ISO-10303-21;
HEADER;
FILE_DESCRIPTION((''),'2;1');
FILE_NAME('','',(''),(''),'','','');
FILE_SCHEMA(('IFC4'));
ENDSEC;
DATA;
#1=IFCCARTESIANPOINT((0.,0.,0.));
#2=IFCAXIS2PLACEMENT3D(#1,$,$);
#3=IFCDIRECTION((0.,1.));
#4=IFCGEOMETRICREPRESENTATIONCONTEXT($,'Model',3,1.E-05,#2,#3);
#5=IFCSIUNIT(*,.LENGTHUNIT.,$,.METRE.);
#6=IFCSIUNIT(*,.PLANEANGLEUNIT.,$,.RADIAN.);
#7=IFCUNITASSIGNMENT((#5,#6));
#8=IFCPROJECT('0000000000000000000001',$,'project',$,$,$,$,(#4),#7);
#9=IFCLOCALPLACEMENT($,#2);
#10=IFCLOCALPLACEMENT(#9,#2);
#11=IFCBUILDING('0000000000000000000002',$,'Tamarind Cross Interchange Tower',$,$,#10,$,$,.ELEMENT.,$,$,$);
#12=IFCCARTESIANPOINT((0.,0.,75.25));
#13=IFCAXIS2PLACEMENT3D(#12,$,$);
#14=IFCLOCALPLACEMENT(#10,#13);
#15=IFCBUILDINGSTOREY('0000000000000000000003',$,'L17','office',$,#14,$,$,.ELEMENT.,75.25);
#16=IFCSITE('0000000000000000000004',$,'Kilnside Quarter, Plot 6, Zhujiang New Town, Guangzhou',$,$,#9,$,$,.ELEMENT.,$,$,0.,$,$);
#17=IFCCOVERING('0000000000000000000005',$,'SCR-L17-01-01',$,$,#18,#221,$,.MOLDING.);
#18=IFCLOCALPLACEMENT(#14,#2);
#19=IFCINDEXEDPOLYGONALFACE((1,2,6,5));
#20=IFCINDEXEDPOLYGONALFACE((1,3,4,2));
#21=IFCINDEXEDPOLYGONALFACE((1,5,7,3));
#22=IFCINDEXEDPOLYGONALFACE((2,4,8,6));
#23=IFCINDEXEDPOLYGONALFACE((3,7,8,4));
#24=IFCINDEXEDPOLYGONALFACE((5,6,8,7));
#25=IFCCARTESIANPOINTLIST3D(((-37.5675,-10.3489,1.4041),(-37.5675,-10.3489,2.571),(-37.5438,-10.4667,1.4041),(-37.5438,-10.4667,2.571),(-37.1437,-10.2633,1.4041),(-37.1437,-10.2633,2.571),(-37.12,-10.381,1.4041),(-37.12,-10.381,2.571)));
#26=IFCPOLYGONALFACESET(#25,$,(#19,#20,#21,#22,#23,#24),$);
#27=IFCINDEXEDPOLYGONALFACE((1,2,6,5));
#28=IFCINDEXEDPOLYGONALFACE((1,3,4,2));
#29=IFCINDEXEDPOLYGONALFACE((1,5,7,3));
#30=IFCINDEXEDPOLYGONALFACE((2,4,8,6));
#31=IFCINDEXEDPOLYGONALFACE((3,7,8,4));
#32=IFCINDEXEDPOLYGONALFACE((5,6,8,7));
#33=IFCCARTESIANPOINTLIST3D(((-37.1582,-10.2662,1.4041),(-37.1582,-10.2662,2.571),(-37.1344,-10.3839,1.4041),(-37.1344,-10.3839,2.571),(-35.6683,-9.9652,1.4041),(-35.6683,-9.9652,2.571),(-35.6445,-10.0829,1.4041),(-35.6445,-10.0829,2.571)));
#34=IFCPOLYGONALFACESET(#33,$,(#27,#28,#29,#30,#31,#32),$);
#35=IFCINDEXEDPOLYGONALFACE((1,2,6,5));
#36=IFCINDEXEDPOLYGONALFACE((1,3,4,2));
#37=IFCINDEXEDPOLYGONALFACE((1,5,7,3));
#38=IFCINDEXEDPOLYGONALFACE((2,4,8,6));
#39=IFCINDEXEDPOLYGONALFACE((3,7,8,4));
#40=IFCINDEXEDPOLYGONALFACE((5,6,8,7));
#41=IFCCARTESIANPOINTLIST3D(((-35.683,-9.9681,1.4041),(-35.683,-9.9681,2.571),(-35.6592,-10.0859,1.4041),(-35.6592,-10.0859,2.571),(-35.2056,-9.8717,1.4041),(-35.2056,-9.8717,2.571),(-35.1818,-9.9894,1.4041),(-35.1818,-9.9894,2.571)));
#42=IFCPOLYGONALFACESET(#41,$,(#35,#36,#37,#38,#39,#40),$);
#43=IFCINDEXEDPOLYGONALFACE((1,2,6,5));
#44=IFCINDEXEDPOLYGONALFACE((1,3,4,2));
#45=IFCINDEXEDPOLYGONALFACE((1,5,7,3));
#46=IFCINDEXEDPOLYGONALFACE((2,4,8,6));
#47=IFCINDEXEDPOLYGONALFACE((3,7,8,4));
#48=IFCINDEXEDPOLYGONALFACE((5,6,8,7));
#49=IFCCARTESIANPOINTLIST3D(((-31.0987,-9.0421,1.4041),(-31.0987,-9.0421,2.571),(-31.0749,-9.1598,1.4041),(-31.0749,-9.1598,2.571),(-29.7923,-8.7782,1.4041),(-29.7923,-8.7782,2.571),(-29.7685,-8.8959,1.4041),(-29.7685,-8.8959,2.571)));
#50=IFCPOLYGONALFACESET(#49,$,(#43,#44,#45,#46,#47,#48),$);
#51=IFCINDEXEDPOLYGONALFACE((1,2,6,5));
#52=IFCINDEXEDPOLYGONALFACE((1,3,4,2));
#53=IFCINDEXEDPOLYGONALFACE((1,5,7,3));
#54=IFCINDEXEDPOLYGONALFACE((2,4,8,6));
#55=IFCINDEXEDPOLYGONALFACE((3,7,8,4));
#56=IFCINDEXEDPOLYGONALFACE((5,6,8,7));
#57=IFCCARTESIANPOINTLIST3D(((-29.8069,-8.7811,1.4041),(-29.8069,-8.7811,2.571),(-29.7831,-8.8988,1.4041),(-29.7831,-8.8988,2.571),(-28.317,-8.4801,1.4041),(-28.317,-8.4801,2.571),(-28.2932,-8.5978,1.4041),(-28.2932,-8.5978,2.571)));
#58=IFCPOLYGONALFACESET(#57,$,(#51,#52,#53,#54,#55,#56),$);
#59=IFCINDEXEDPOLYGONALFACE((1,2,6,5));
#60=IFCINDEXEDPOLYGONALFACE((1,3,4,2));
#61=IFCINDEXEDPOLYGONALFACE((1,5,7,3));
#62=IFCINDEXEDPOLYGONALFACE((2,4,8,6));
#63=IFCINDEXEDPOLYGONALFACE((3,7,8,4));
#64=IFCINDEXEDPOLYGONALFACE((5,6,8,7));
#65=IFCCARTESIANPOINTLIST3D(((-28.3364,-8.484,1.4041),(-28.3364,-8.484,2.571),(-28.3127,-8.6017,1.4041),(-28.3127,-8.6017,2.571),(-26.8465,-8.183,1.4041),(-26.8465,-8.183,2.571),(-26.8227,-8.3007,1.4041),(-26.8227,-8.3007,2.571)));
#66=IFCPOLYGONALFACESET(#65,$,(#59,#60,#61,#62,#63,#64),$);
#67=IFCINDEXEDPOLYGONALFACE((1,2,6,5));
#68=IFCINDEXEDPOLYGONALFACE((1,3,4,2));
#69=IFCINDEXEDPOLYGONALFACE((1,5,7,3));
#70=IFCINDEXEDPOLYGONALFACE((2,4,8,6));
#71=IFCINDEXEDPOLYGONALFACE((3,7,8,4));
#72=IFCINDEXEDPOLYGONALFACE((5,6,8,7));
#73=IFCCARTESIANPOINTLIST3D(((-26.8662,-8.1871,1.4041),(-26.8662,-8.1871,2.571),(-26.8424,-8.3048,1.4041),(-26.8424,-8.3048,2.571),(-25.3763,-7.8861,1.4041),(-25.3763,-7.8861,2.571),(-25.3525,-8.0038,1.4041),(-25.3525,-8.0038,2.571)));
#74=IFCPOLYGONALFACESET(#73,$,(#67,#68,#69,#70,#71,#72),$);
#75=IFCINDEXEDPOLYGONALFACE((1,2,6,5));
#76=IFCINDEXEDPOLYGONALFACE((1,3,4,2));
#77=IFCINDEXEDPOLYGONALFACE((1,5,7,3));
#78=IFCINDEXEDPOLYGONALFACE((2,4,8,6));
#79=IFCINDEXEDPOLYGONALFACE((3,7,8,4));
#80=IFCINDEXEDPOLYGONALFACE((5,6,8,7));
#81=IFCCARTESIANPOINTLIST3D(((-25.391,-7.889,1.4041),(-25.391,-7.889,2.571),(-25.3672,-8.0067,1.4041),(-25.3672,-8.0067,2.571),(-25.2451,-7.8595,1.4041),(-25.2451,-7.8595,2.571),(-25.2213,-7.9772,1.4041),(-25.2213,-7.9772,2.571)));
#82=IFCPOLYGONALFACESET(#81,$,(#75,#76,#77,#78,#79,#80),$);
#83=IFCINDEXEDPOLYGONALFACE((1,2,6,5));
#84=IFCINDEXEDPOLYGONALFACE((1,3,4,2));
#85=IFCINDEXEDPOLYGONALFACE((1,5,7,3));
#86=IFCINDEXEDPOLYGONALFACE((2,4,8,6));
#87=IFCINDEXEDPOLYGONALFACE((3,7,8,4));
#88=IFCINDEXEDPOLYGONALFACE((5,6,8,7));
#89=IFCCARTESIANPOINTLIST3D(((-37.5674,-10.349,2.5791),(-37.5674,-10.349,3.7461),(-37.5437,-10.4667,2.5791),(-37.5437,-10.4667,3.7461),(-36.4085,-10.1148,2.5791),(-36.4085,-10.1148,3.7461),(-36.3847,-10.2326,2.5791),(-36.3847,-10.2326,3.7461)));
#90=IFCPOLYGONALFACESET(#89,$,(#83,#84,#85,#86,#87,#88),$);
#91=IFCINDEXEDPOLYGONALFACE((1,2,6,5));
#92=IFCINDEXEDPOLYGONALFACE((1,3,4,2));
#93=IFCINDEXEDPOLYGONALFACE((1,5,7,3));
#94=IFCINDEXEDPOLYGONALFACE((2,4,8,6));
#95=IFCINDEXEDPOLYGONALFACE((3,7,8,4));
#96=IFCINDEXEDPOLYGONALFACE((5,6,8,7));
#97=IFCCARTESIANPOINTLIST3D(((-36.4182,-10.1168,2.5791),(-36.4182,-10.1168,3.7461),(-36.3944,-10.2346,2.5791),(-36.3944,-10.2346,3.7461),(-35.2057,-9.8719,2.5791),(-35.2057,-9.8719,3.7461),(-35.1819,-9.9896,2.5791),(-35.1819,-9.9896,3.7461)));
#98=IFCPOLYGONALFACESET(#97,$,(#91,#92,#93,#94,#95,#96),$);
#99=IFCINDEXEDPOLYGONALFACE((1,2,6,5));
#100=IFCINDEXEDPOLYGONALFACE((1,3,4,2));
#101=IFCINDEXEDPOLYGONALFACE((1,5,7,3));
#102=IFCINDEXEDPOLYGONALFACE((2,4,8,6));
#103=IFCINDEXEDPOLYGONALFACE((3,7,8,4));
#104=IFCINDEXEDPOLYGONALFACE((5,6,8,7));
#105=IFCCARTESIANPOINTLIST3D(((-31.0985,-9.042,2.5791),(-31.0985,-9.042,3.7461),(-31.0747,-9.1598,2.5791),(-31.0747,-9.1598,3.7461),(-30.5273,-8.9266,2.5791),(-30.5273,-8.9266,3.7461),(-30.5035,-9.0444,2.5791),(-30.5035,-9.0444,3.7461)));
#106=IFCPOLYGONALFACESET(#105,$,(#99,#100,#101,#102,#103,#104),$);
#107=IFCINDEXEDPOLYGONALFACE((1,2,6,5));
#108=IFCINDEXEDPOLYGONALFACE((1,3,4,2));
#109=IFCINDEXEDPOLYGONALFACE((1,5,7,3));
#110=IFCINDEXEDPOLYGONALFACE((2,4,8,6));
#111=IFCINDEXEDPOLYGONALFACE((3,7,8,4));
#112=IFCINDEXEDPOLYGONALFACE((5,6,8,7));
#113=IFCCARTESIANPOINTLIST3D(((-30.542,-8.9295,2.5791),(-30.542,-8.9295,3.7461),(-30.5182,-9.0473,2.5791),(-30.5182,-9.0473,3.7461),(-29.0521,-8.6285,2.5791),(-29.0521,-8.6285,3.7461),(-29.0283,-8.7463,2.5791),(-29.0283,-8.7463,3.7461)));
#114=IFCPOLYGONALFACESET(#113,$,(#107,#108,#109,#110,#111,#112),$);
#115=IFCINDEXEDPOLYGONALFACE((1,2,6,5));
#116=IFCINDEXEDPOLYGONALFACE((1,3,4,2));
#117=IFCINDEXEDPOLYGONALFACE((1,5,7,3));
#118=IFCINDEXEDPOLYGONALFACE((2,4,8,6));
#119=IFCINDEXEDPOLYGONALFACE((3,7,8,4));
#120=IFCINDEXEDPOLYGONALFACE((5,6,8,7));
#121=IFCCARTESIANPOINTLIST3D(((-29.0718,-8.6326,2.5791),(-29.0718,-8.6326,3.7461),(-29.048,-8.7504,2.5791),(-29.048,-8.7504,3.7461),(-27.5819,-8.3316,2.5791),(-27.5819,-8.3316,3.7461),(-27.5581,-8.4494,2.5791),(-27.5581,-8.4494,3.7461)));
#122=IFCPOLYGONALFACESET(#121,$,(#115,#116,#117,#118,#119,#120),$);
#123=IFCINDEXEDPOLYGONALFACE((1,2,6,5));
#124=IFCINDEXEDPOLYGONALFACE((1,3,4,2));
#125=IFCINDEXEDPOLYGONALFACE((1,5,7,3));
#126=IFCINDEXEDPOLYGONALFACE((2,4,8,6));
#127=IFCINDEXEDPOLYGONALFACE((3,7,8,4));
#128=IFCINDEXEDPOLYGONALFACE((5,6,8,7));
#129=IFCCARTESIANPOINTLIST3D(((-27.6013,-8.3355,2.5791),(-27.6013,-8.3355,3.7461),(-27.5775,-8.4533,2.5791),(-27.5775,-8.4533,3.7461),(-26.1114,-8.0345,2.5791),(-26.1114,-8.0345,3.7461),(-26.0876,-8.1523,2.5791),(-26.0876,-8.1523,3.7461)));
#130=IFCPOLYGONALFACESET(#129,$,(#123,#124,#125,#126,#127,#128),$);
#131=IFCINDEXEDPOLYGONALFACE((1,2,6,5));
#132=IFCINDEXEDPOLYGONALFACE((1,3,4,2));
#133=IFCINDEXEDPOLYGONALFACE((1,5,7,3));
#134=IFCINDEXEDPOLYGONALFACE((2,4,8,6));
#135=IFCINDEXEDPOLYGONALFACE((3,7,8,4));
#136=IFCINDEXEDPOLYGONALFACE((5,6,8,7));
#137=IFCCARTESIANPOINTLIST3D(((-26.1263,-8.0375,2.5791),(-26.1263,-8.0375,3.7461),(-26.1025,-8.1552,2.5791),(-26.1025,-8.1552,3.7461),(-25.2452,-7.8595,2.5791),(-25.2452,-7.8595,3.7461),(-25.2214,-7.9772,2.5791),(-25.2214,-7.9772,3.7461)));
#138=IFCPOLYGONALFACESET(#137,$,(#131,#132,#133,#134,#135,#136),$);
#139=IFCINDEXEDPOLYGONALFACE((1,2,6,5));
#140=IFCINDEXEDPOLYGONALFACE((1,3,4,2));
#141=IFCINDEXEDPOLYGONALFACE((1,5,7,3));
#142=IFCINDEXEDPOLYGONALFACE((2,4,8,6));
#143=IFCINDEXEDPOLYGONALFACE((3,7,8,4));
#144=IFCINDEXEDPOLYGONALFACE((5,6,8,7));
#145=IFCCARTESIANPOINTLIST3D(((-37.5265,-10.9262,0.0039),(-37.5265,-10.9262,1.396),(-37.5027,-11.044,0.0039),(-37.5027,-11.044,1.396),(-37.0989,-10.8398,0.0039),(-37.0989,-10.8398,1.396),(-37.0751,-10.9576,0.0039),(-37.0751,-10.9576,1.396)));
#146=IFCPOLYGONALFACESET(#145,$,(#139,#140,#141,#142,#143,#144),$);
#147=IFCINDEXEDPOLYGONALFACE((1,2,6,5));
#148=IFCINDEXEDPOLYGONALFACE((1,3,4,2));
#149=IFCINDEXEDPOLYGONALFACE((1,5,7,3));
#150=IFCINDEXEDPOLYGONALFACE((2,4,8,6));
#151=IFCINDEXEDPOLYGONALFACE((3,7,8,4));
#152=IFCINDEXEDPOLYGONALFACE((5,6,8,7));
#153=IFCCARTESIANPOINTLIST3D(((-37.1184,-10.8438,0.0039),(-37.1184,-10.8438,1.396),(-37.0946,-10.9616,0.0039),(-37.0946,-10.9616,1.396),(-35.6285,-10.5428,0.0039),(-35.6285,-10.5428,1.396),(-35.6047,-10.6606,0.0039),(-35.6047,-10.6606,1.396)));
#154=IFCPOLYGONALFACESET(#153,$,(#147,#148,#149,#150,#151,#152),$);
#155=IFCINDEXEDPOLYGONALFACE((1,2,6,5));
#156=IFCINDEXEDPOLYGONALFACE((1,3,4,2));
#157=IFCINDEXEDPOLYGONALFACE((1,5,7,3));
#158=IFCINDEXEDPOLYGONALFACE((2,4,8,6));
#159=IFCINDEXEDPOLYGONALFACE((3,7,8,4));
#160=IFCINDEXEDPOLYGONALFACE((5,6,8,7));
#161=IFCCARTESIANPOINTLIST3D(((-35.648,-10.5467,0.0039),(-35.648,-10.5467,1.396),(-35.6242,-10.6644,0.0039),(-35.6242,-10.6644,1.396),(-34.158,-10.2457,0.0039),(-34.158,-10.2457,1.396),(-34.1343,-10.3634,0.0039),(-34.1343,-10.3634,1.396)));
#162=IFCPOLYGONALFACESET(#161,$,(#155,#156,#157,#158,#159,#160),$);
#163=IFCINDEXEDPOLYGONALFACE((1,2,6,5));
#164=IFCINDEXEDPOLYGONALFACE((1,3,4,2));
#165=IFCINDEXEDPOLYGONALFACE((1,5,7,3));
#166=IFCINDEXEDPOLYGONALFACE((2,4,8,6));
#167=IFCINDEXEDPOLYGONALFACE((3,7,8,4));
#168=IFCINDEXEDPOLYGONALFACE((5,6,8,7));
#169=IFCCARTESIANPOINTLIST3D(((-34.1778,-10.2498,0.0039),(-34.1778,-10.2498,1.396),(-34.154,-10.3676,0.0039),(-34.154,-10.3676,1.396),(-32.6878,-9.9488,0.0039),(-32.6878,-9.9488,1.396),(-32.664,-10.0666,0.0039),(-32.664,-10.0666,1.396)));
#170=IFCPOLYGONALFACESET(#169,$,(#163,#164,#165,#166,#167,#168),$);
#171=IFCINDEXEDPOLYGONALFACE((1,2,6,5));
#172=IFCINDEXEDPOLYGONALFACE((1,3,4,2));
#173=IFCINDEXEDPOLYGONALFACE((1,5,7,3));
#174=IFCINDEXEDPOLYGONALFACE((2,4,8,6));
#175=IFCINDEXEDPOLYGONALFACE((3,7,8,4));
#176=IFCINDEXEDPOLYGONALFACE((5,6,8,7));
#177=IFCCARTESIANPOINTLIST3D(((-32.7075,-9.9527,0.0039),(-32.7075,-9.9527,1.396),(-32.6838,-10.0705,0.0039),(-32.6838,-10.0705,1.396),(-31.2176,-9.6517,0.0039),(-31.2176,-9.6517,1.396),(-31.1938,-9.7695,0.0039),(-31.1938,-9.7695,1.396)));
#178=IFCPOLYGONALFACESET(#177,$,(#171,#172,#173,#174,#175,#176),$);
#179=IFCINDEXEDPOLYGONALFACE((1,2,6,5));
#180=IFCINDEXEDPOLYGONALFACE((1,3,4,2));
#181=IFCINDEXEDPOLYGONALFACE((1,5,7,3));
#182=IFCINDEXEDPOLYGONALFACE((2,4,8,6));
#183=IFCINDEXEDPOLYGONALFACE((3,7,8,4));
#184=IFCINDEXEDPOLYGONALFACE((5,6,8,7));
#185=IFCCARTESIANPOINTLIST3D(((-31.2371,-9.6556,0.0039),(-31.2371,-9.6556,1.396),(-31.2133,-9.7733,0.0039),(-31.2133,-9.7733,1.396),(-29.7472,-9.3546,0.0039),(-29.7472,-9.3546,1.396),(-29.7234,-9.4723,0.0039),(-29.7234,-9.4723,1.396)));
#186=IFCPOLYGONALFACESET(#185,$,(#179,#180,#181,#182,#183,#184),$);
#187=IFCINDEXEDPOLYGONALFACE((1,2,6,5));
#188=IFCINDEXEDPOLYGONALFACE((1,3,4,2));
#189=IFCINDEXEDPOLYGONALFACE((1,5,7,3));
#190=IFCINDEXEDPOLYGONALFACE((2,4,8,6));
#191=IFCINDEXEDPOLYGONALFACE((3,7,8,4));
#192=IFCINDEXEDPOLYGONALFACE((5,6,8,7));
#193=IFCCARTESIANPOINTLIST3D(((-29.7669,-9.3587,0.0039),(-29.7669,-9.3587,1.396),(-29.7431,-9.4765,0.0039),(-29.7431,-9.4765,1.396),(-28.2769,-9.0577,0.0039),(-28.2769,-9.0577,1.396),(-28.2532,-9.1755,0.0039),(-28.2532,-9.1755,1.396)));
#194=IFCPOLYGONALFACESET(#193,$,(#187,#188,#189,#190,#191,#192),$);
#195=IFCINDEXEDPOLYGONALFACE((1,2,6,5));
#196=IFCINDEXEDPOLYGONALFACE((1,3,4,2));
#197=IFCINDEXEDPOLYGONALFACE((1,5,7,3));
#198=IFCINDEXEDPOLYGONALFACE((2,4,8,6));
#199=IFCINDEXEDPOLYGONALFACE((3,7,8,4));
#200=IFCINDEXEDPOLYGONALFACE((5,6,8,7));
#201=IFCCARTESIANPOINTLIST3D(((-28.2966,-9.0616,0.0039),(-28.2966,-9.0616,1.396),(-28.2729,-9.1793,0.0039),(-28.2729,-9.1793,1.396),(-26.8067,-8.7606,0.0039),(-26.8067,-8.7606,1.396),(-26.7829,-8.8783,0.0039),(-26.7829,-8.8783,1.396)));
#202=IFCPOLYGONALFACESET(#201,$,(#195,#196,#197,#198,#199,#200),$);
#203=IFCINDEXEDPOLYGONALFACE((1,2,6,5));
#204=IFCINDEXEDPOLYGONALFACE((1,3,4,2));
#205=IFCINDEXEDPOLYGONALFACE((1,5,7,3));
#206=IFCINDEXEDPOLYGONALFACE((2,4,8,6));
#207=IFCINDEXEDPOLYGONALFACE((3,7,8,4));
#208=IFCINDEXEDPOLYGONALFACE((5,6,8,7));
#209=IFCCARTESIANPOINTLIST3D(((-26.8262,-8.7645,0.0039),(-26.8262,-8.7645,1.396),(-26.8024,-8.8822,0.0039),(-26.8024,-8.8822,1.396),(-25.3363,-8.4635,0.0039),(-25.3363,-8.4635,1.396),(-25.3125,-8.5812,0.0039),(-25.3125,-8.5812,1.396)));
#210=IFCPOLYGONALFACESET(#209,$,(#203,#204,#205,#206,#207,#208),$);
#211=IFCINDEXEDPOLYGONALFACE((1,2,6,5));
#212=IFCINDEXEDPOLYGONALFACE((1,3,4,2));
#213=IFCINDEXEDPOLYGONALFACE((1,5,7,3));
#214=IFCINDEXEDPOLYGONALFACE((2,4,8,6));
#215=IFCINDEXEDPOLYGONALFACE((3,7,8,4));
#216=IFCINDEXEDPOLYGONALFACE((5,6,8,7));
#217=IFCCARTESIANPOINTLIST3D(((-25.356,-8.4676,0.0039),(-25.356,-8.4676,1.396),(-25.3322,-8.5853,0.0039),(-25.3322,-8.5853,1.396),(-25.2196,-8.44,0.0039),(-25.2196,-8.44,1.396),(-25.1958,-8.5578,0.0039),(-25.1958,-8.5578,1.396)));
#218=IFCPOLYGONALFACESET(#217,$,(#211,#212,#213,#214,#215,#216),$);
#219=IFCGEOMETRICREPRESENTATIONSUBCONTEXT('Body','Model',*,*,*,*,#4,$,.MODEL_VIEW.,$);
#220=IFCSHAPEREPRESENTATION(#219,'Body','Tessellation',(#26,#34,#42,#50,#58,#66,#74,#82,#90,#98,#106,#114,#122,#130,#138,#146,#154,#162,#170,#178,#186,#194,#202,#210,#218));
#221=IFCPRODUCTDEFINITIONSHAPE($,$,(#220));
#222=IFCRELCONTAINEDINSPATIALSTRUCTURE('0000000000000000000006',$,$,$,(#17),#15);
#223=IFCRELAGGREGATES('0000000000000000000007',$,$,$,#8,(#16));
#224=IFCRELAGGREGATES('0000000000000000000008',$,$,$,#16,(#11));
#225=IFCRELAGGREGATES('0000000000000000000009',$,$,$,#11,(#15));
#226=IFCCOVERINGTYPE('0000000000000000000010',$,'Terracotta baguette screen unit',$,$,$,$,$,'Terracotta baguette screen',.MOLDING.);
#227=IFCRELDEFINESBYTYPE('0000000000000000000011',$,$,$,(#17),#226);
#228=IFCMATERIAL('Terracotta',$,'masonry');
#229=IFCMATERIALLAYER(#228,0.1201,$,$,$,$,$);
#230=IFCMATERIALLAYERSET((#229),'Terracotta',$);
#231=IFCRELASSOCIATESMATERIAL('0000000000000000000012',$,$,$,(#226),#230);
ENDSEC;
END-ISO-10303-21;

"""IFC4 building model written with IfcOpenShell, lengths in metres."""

from ifc_helpers import new_model, si_unit, direction, frame, origin, origin_2d, place, context, subcontext, project, spatial, rectangle, extrude, material, layer, layer_set, type_object, element, save


model = new_model("IFC4")

# Units and contexts
model_context = context("Model", 3, precision=1e-05, world=origin(), true_north=direction((0.0, 1.0)))
body_context = subcontext(model_context, "Body", "Model", "MODEL_VIEW")
ifc_project = project(units=[si_unit("LENGTHUNIT", "METRE"), si_unit("PLANEANGLEUNIT", "RADIAN")], contexts=[model_context])

# Site, building, storey
site_placement = place(None, origin())
site = spatial("IfcSite", under=ifc_project, at=site_placement, Name="Kilnside Quarter, Plot 6, Zhujiang New Town, Guangzhou", CompositionType="ELEMENT", RefElevation=0.0)
building_placement = place(site_placement, origin())
building = spatial("IfcBuilding", under=site, at=building_placement, Name="Tamarind Cross Interchange Tower", CompositionType="ELEMENT")
storey_placement = place(building_placement, frame((0.0, 0.0, 75.25)))
storey = spatial("IfcBuildingStorey", under=building, at=storey_placement, Name="L17", Description="office", CompositionType="ELEMENT", Elevation=75.25)

# Covering
ifc_material_1 = material(Name="Terracotta", Category="masonry")
ifc_layer_1 = layer(ifc_material_1, 0.1201)
ifc_layer_set_1 = layer_set([ifc_layer_1], Name="Terracotta")
covering_type = type_object("IfcCoveringType", Name="Terracotta baguette screen unit", ElementType="Terracotta baguette screen", PredefinedType="MOLDING", material=ifc_layer_set_1)
covering_1_placement = place(storey_placement, origin())
element("IfcCovering", 1, at=covering_1_placement, inside=storey, type_object=covering_type, Name="SCR-L17-01-01", PredefinedType="MOLDING", context=body_context, shape_type="SweptSolid", body=[
    extrude(rectangle(XDim=0.4324, YDim=0.1201, at=origin_2d()), frame((-37.3438, -10.365, 1.4041), z_axis=(0.0, 0.0, 1.0), x_axis=(0.980197, 0.198023, 0.0)), (0.0, 0.0, 1.0), 1.167),
    extrude(rectangle(XDim=1.52, YDim=0.1201, at=origin_2d()), frame((-36.4014, -10.1746, 1.4041), z_axis=(0.0, 0.0, 1.0), x_axis=(0.980197, 0.198023, 0.0)), (0.0, 0.0, 1.0), 1.167),
    extrude(rectangle(XDim=0.4871, YDim=0.1201, at=origin_2d()), frame((-35.4324, -9.9788, 1.4041), z_axis=(0.0, 0.0, 1.0), x_axis=(0.980197, 0.198023, 0.0)), (0.0, 0.0, 1.0), 1.167),
    extrude(rectangle(XDim=1.3328, YDim=0.1201, at=origin_2d()), frame((-30.4336, -8.969, 1.4041), z_axis=(0.0, 0.0, 1.0), x_axis=(0.980197, 0.198023, 0.0)), (0.0, 0.0, 1.0), 1.167),
    extrude(rectangle(XDim=1.52, YDim=0.1201, at=origin_2d()), frame((-29.05, -8.6895, 1.4041), z_axis=(0.0, 0.0, 1.0), x_axis=(0.980197, 0.198023, 0.0)), (0.0, 0.0, 1.0), 1.167),
    extrude(rectangle(XDim=1.52, YDim=0.1201, at=origin_2d()), frame((-27.5796, -8.3923, 1.4041), z_axis=(0.0, 0.0, 1.0), x_axis=(0.980197, 0.198023, 0.0)), (0.0, 0.0, 1.0), 1.167),
    extrude(rectangle(XDim=1.52, YDim=0.1201, at=origin_2d()), frame((-26.1094, -8.0955, 1.4041), z_axis=(0.0, 0.0, 1.0), x_axis=(0.980197, 0.198023, 0.0)), (0.0, 0.0, 1.0), 1.167),
    extrude(rectangle(XDim=0.1489, YDim=0.1201, at=origin_2d()), frame((-25.3062, -7.9331, 1.4041), z_axis=(0.0, 0.0, 1.0), x_axis=(0.980197, 0.198023, 0.0)), (0.0, 0.0, 1.0), 1.167),
    extrude(rectangle(XDim=1.1824, YDim=0.1201, at=origin_2d()), frame((-36.9761, -10.2908, 2.5791), z_axis=(0.0, 0.0, 1.0), x_axis=(0.980197, 0.198023, 0.0)), (0.0, 0.0, 1.0), 1.167),
    extrude(rectangle(XDim=1.2371, YDim=0.1201, at=origin_2d()), frame((-35.8, -10.0532, 2.5791), z_axis=(0.0, 0.0, 1.0), x_axis=(0.980197, 0.198023, 0.0)), (0.0, 0.0, 1.0), 1.167),
    extrude(rectangle(XDim=0.5828, YDim=0.1201, at=origin_2d()), frame((-30.801, -9.0432, 2.5791), z_axis=(0.0, 0.0, 1.0), x_axis=(0.980197, 0.198023, 0.0)), (0.0, 0.0, 1.0), 1.167),
    extrude(rectangle(XDim=1.52, YDim=0.1201, at=origin_2d()), frame((-29.7852, -8.8379, 2.5791), z_axis=(0.0, 0.0, 1.0), x_axis=(0.980197, 0.198023, 0.0)), (0.0, 0.0, 1.0), 1.167),
    extrude(rectangle(XDim=1.52, YDim=0.1201, at=origin_2d()), frame((-28.3149, -8.541, 2.5791), z_axis=(0.0, 0.0, 1.0), x_axis=(0.980197, 0.198023, 0.0)), (0.0, 0.0, 1.0), 1.167),
    extrude(rectangle(XDim=1.52, YDim=0.1201, at=origin_2d()), frame((-26.8445, -8.2439, 2.5791), z_axis=(0.0, 0.0, 1.0), x_axis=(0.980197, 0.198023, 0.0)), (0.0, 0.0, 1.0), 1.167),
    extrude(rectangle(XDim=0.8989, YDim=0.1201, at=origin_2d()), frame((-25.6738, -8.0073, 2.5791), z_axis=(0.0, 0.0, 1.0), x_axis=(0.980197, 0.198023, 0.0)), (0.0, 0.0, 1.0), 1.167),
    extrude(rectangle(XDim=0.4363, YDim=0.1201, at=origin_2d()), frame((-37.3008, -10.9419, 0.0039), z_axis=(0.0, 0.0, 1.0), x_axis=(0.980197, 0.198023, 0.0)), (0.0, 0.0, 1.0), 1.3921),
    extrude(rectangle(XDim=1.52, YDim=0.1201, at=origin_2d()), frame((-36.3616, -10.7522, 0.0039), z_axis=(0.0, 0.0, 1.0), x_axis=(0.980197, 0.198023, 0.0)), (0.0, 0.0, 1.0), 1.3921),
    extrude(rectangle(XDim=1.52, YDim=0.1201, at=origin_2d()), frame((-34.8911, -10.4551, 0.0039), z_axis=(0.0, 0.0, 1.0), x_axis=(0.980197, 0.198023, 0.0)), (0.0, 0.0, 1.0), 1.3921),
    extrude(rectangle(XDim=1.52, YDim=0.1201, at=origin_2d()), frame((-33.4209, -10.1582, 0.0039), z_axis=(0.0, 0.0, 1.0), x_axis=(0.980197, 0.198023, 0.0)), (0.0, 0.0, 1.0), 1.3921),
    extrude(rectangle(XDim=1.52, YDim=0.1201, at=origin_2d()), frame((-31.9507, -9.8611, 0.0039), z_axis=(0.0, 0.0, 1.0), x_axis=(0.980197, 0.198023, 0.0)), (0.0, 0.0, 1.0), 1.3921),
    extrude(rectangle(XDim=1.52, YDim=0.1201, at=origin_2d()), frame((-30.4802, -9.564, 0.0039), z_axis=(0.0, 0.0, 1.0), x_axis=(0.980197, 0.198023, 0.0)), (0.0, 0.0, 1.0), 1.3921),
    extrude(rectangle(XDim=1.52, YDim=0.1201, at=origin_2d()), frame((-29.01, -9.2671, 0.0039), z_axis=(0.0, 0.0, 1.0), x_axis=(0.980197, 0.198023, 0.0)), (0.0, 0.0, 1.0), 1.3921),
    extrude(rectangle(XDim=1.52, YDim=0.1201, at=origin_2d()), frame((-27.5398, -8.97, 0.0039), z_axis=(0.0, 0.0, 1.0), x_axis=(0.980197, 0.198023, 0.0)), (0.0, 0.0, 1.0), 1.3921),
    extrude(rectangle(XDim=1.52, YDim=0.1201, at=origin_2d()), frame((-26.0693, -8.6729, 0.0039), z_axis=(0.0, 0.0, 1.0), x_axis=(0.980197, 0.198023, 0.0)), (0.0, 0.0, 1.0), 1.3921),
    extrude(rectangle(XDim=0.1392, YDim=0.1201, at=origin_2d()), frame((-25.2759, -8.5127, 0.0039), z_axis=(0.0, 0.0, 1.0), x_axis=(0.980197, 0.198023, 0.0)), (0.0, 0.0, 1.0), 1.3921),
])

save(model, "model.ifc")
